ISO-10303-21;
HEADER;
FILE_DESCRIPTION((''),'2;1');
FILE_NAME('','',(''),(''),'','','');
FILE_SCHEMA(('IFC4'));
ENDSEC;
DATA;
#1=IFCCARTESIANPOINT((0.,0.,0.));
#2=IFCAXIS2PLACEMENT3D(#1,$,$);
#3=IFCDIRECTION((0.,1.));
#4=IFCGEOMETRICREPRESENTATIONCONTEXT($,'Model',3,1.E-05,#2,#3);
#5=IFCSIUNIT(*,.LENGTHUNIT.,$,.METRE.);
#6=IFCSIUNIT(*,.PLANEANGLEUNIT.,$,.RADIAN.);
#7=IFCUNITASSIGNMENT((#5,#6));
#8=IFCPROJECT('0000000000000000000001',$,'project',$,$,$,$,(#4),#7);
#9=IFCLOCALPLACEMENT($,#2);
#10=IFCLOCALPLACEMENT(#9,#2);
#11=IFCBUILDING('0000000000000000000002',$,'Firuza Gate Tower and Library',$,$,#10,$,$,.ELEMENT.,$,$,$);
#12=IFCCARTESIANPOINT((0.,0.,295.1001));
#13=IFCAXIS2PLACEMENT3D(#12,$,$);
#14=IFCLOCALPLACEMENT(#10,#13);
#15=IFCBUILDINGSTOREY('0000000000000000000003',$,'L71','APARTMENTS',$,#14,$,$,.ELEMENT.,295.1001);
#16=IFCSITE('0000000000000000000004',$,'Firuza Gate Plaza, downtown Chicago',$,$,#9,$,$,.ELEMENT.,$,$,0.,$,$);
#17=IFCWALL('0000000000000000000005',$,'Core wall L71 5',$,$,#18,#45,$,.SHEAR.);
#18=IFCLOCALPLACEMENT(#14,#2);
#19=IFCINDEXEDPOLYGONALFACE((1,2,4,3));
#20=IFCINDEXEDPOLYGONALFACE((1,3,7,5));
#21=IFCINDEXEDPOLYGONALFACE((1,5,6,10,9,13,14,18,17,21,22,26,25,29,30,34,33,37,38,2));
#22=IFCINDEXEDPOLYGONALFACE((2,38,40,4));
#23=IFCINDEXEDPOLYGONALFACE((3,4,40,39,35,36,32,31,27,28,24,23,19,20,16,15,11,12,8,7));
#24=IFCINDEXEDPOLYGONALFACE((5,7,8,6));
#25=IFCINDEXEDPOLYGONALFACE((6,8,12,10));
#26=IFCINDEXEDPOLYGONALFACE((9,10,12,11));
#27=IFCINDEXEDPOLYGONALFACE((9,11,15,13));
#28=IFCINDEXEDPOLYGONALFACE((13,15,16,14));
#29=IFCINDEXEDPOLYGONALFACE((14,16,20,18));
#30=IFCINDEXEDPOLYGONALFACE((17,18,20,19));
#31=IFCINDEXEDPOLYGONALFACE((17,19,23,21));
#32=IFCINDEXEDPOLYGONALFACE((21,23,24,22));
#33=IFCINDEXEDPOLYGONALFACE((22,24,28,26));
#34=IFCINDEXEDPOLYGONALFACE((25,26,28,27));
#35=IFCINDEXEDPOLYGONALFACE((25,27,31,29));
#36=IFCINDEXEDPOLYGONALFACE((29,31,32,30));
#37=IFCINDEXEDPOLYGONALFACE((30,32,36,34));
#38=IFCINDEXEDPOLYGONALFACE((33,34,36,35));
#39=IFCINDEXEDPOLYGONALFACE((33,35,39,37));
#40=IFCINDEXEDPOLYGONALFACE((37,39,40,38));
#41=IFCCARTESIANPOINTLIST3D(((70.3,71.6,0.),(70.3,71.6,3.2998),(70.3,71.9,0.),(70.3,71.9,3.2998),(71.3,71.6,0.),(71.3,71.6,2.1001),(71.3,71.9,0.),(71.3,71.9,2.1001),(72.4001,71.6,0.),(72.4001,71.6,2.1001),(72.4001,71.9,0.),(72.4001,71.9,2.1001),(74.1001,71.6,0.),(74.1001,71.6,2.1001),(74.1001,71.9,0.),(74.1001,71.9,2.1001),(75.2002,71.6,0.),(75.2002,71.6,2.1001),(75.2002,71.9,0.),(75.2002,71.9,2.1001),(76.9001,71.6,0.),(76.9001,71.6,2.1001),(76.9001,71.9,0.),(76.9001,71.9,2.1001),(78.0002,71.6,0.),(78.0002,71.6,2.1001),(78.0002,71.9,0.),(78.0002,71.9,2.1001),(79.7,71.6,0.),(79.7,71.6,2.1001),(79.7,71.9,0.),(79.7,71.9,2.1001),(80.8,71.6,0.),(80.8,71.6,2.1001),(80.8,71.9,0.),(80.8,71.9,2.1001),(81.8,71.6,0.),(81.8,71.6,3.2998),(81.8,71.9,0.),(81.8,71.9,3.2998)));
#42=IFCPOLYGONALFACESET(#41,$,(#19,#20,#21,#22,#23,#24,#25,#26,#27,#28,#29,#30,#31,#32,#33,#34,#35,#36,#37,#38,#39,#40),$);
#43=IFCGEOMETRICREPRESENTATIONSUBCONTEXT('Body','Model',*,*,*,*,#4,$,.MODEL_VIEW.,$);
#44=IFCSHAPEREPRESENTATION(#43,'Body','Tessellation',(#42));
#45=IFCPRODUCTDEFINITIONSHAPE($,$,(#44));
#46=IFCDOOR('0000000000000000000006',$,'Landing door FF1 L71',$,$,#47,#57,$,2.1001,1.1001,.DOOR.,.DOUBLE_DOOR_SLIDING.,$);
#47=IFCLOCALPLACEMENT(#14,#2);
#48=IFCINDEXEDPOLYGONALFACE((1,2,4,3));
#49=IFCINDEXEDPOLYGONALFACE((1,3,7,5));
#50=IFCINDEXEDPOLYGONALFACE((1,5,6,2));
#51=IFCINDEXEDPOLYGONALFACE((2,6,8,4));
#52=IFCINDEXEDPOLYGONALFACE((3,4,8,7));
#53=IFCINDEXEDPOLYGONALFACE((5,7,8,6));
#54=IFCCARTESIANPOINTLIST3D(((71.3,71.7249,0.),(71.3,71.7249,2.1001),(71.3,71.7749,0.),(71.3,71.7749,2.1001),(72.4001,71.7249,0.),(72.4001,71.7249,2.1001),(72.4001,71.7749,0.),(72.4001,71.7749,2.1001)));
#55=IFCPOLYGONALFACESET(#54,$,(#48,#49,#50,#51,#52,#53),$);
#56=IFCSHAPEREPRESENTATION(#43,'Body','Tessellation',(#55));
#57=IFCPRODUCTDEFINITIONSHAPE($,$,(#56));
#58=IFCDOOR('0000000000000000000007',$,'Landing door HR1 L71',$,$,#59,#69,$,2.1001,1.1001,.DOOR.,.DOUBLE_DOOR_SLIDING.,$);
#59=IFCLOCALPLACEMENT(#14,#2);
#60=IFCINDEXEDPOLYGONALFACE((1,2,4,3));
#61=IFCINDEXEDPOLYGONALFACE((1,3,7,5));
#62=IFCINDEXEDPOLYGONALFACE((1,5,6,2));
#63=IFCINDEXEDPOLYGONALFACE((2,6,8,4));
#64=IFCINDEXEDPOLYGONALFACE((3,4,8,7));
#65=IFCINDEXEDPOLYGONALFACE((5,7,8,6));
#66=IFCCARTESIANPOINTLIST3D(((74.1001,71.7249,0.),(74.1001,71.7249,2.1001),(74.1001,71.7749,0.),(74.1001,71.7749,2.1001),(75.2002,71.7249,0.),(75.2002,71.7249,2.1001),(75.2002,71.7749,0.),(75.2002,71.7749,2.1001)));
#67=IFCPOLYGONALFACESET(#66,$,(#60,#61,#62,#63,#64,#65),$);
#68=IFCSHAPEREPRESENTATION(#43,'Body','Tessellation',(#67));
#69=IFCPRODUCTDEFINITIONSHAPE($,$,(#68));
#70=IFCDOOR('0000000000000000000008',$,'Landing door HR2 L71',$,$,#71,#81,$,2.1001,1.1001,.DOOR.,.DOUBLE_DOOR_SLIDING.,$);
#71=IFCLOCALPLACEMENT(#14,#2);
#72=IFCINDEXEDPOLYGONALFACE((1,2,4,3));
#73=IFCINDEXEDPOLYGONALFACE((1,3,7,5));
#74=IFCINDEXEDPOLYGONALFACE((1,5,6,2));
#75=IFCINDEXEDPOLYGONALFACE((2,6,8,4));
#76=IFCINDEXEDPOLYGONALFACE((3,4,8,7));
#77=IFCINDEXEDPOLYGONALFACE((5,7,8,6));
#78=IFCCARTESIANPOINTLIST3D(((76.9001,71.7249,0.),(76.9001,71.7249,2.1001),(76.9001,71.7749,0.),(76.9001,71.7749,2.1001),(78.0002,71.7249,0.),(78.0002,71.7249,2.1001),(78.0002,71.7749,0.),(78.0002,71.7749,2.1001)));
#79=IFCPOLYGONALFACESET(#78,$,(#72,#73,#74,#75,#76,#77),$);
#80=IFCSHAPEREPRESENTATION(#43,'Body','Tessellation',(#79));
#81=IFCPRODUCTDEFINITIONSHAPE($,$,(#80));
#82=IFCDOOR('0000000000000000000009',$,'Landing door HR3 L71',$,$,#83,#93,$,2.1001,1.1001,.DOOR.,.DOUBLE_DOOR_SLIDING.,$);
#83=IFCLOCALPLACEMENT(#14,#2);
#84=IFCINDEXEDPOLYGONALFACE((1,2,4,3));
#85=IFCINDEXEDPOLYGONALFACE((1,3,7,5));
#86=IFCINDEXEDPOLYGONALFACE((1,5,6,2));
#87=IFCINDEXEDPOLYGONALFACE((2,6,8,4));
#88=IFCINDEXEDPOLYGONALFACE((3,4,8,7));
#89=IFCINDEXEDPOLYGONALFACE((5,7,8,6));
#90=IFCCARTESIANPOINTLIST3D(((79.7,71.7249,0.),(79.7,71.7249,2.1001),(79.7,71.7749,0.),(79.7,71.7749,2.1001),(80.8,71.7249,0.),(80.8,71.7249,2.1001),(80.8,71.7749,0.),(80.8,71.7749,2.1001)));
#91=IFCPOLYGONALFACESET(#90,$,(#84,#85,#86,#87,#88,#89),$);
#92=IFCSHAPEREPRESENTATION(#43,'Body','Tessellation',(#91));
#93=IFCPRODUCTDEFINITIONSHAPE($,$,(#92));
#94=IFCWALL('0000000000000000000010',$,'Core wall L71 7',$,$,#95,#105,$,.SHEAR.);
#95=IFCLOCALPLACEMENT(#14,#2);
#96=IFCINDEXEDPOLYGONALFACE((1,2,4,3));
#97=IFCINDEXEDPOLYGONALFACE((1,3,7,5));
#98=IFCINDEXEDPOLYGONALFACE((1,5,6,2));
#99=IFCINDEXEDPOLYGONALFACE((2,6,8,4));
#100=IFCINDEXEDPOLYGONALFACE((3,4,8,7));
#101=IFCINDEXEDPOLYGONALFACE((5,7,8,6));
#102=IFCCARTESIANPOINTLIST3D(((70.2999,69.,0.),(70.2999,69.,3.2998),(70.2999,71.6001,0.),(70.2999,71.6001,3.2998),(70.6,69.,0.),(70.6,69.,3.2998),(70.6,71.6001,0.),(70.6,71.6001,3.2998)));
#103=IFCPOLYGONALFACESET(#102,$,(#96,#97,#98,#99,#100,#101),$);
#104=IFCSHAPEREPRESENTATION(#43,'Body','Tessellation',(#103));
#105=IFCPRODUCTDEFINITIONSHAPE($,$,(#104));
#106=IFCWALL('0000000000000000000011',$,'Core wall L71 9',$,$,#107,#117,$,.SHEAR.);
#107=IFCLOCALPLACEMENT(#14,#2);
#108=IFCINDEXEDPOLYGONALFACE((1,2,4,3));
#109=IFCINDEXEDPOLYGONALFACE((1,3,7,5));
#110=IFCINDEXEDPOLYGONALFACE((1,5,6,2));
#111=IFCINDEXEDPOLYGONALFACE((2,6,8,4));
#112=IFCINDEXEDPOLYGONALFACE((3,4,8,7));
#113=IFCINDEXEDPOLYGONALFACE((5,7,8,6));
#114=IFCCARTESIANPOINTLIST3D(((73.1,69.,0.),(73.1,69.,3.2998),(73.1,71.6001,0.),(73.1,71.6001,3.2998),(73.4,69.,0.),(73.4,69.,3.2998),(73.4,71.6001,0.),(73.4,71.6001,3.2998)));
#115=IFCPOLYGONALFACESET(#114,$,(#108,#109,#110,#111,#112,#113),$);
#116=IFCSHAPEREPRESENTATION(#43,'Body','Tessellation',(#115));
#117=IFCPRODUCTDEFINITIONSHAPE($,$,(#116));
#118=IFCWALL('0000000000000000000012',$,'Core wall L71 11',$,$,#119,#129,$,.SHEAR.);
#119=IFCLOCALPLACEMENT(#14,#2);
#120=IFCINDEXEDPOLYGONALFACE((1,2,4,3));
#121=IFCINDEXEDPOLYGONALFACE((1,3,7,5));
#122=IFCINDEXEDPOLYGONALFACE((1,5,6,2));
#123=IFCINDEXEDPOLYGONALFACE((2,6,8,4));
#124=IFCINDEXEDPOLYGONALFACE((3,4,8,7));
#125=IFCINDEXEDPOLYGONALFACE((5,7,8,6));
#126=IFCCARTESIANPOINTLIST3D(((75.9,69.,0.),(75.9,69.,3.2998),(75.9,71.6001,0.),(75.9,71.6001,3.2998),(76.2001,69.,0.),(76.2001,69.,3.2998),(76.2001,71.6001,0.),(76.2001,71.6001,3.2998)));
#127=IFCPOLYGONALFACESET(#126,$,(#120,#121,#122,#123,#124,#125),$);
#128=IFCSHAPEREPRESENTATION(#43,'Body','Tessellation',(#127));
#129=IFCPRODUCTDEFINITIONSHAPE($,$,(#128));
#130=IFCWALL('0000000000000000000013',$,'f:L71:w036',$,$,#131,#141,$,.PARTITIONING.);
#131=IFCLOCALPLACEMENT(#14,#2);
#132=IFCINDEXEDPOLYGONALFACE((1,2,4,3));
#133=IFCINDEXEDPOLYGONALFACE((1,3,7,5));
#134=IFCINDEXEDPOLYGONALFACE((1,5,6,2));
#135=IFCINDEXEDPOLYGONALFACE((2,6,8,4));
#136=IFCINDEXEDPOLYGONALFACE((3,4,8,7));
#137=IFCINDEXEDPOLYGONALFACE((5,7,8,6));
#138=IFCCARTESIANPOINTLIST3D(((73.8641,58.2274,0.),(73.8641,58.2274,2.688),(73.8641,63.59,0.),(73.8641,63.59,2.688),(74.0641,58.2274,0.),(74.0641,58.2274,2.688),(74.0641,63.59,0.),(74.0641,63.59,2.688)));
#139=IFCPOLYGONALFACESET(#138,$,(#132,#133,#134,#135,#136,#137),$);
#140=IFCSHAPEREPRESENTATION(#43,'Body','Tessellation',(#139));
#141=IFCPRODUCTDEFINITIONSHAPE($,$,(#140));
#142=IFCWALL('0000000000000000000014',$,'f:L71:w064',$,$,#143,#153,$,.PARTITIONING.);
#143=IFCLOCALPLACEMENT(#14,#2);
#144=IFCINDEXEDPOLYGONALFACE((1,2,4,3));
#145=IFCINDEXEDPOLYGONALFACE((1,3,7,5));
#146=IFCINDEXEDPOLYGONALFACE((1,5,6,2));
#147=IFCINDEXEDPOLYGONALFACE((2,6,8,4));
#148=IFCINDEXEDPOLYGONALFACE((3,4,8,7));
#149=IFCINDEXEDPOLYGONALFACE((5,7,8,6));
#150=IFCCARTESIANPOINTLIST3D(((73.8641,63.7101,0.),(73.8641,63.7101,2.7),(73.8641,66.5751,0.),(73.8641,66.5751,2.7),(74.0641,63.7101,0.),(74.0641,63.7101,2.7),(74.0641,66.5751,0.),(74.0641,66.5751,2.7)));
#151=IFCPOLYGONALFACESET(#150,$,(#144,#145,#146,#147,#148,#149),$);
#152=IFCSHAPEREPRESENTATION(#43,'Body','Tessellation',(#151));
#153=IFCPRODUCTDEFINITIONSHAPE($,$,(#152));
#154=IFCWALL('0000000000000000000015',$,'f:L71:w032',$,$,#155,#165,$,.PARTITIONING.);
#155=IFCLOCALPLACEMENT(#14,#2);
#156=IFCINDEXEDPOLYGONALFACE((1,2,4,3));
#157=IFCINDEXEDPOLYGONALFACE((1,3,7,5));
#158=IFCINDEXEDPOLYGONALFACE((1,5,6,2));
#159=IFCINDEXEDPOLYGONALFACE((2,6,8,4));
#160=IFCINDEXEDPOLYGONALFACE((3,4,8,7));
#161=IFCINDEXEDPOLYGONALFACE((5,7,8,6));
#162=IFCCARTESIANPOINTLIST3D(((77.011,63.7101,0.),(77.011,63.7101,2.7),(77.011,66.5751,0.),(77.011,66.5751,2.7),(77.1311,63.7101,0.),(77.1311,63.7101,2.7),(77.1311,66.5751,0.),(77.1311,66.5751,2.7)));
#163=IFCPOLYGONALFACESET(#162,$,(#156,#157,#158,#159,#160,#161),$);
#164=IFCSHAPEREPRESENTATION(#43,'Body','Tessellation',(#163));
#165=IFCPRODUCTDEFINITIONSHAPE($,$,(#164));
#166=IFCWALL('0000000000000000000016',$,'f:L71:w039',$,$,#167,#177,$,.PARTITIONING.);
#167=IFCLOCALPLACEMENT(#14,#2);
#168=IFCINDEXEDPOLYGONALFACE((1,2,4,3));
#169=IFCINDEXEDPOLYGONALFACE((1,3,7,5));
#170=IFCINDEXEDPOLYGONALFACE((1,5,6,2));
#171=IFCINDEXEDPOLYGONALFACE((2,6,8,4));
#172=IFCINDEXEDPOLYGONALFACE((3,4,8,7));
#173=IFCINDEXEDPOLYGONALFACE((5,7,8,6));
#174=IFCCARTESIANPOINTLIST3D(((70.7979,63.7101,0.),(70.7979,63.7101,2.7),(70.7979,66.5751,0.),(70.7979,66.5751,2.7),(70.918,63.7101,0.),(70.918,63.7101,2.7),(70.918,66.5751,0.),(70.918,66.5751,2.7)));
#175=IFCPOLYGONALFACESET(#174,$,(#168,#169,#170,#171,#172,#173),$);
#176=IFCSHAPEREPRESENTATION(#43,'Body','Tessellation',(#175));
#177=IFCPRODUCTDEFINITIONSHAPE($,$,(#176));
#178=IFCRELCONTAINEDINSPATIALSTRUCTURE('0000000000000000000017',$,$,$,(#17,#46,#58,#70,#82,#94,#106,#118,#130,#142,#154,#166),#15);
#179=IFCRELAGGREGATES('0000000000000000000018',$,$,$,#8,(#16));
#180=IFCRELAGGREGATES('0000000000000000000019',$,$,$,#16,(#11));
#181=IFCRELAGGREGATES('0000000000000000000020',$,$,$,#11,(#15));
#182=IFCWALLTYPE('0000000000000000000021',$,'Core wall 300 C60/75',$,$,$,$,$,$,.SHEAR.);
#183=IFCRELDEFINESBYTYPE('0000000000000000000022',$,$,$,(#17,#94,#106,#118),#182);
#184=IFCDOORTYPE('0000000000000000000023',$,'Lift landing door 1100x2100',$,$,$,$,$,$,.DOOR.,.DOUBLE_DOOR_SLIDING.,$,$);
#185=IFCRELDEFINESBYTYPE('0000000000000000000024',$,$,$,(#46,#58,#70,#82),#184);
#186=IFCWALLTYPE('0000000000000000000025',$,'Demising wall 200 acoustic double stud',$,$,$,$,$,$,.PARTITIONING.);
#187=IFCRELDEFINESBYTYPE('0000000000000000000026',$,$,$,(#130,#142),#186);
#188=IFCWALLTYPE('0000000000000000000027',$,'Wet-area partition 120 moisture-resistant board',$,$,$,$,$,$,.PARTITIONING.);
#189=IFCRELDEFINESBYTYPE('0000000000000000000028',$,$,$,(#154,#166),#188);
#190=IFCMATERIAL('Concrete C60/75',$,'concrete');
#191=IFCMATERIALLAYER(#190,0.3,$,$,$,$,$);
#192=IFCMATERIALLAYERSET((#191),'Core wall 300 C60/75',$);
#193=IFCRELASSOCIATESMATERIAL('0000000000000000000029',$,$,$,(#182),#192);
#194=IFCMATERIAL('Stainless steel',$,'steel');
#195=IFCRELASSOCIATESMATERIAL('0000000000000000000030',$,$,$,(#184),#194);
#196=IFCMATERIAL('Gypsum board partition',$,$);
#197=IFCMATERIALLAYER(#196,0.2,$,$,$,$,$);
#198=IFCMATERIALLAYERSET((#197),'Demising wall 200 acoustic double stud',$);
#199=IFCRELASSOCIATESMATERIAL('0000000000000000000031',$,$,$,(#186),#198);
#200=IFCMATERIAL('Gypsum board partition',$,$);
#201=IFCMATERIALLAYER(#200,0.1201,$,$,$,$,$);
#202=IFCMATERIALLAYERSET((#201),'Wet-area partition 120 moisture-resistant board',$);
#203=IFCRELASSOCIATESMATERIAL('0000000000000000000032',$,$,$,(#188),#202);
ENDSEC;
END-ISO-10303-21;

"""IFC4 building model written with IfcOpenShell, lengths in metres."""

from ifc_helpers import new_model, si_unit, direction, frame, frame_2d, origin, place, context, subcontext, project, spatial, rectangle, extrude, material, layer, layer_set, type_object, element, fill, save


model = new_model("IFC4")

# Units and contexts
model_context = context("Model", 3, precision=1e-05, world=origin(), true_north=direction((0.0, 1.0)))
body_context = subcontext(model_context, "Body", "Model", "MODEL_VIEW")
ifc_project = project(units=[si_unit("LENGTHUNIT", "METRE"), si_unit("PLANEANGLEUNIT", "RADIAN")], contexts=[model_context])

# Site, building, storey
site_placement = place(None, origin())
site = spatial("IfcSite", under=ifc_project, at=site_placement, Name="Firuza Gate Plaza, downtown Chicago", CompositionType="ELEMENT", RefElevation=0.0)
building_placement = place(site_placement, origin())
building = spatial("IfcBuilding", under=site, at=building_placement, Name="Firuza Gate Tower and Library", CompositionType="ELEMENT")
storey_placement = place(building_placement, frame((0.0, 0.0, 295.1001)))
storey = spatial("IfcBuildingStorey", under=building, at=storey_placement, Name="L71", Description="APARTMENTS", CompositionType="ELEMENT", Elevation=295.1001)

# Wall, openings, doors
ifc_material_1 = material(Name="Concrete C60/75", Category="concrete")
ifc_layer_1 = layer(ifc_material_1, 0.3)
ifc_layer_set_1 = layer_set([ifc_layer_1], Name="Core wall 300 C60/75")
wall_type_1 = type_object("IfcWallType", Name="Core wall 300 C60/75", PredefinedType="SHEAR", material=ifc_layer_set_1)
wall_1_placement = place(storey_placement, frame((70.3, 71.75, 0.0), z_axis=(0.0, 0.0, 1.0), x_axis=(1.0, 0.0, 0.0)))
wall_1 = element("IfcWall", 1, at=wall_1_placement, inside=storey, type_object=wall_type_1, Name="Core wall L71 5", PredefinedType="SHEAR", context=body_context, shape_type="SweptSolid", body=[
    extrude(rectangle(XDim=11.5, YDim=0.3, at=frame_2d((5.75, 0.0))), origin(), (0.0, 0.0, 1.0), 3.2998),
])
opening_1_placement = place(wall_1_placement, frame((1.0, 0.0, 0.0)))
opening_1 = element("IfcOpeningElement", 2, at=opening_1_placement, cuts=wall_1, PredefinedType="OPENING", context=body_context, shape_type="SweptSolid", body=[
    extrude(rectangle(XDim=1.1001, YDim=2.1001, at=frame_2d((0.55, 1.05))), frame((0.0, 0.1602, 0.0), z_axis=(0.0, -1.0, 0.0), x_axis=(1.0, 0.0, 0.0)), (0.0, 0.0, 1.0), 0.3201),
])
opening_2_placement = place(wall_1_placement, frame((3.8, 0.0, 0.0)))
opening_2 = element("IfcOpeningElement", 3, at=opening_2_placement, cuts=wall_1, PredefinedType="OPENING", context=body_context, shape_type="SweptSolid", body=[
    extrude(rectangle(XDim=1.1001, YDim=2.1001, at=frame_2d((0.55, 1.05))), frame((0.0, 0.1602, 0.0), z_axis=(0.0, -1.0, 0.0), x_axis=(1.0, 0.0, 0.0)), (0.0, 0.0, 1.0), 0.3201),
])
opening_3_placement = place(wall_1_placement, frame((6.6001, 0.0, 0.0)))
opening_3 = element("IfcOpeningElement", 4, at=opening_3_placement, cuts=wall_1, PredefinedType="OPENING", context=body_context, shape_type="SweptSolid", body=[
    extrude(rectangle(XDim=1.1001, YDim=2.1001, at=frame_2d((0.55, 1.05))), frame((0.0, 0.1602, 0.0), z_axis=(0.0, -1.0, 0.0), x_axis=(1.0, 0.0, 0.0)), (0.0, 0.0, 1.0), 0.3201),
])
opening_4_placement = place(wall_1_placement, frame((9.3999, 0.0, 0.0)))
opening_4 = element("IfcOpeningElement", 5, at=opening_4_placement, cuts=wall_1, PredefinedType="OPENING", context=body_context, shape_type="SweptSolid", body=[
    extrude(rectangle(XDim=1.1001, YDim=2.1001, at=frame_2d((0.55, 1.05))), frame((0.0, 0.1602, 0.0), z_axis=(0.0, -1.0, 0.0), x_axis=(1.0, 0.0, 0.0)), (0.0, 0.0, 1.0), 0.3201),
])
ifc_material_2 = material(Name="Stainless steel", Category="steel")
door_type_1 = type_object("IfcDoorType", Name="Lift landing door 1100x2100", OperationType="DOUBLE_DOOR_SLIDING", PredefinedType="DOOR", material=ifc_material_2)
door_1_placement = place(opening_1_placement, origin())
door_1 = element("IfcDoor", 6, at=door_1_placement, inside=storey, type_object=door_type_1, Name="Landing door FF1 L71", OperationType="DOUBLE_DOOR_SLIDING", OverallHeight=2.1001, OverallWidth=1.1001, PredefinedType="DOOR", context=body_context, shape_type="SweptSolid", body=[
    extrude(rectangle(XDim=1.1001, YDim=2.1001, at=frame_2d((0.55, 1.05))), frame((0.0, 0.0249, 0.0), z_axis=(0.0, -1.0, 0.0), x_axis=(1.0, 0.0, 0.0)), (0.0, 0.0, 1.0), 0.05),
])
fill(opening_1, door_1)
door_2_placement = place(opening_2_placement, origin())
door_2 = element("IfcDoor", 7, at=door_2_placement, inside=storey, type_object=door_type_1, Name="Landing door HR1 L71", OperationType="DOUBLE_DOOR_SLIDING", OverallHeight=2.1001, OverallWidth=1.1001, PredefinedType="DOOR", context=body_context, shape_type="SweptSolid", body=[
    extrude(rectangle(XDim=1.1001, YDim=2.1001, at=frame_2d((0.55, 1.05))), frame((0.0, 0.0249, 0.0), z_axis=(0.0, -1.0, 0.0), x_axis=(1.0, 0.0, 0.0)), (0.0, 0.0, 1.0), 0.05),
])
fill(opening_2, door_2)
door_3_placement = place(opening_3_placement, origin())
door_3 = element("IfcDoor", 8, at=door_3_placement, inside=storey, type_object=door_type_1, Name="Landing door HR2 L71", OperationType="DOUBLE_DOOR_SLIDING", OverallHeight=2.1001, OverallWidth=1.1001, PredefinedType="DOOR", context=body_context, shape_type="SweptSolid", body=[
    extrude(rectangle(XDim=1.1001, YDim=2.1001, at=frame_2d((0.55, 1.05))), frame((0.0, 0.0249, 0.0), z_axis=(0.0, -1.0, 0.0), x_axis=(1.0, 0.0, 0.0)), (0.0, 0.0, 1.0), 0.05),
])
fill(opening_3, door_3)
door_4_placement = place(opening_4_placement, origin())
door_4 = element("IfcDoor", 9, at=door_4_placement, inside=storey, type_object=door_type_1, Name="Landing door HR3 L71", OperationType="DOUBLE_DOOR_SLIDING", OverallHeight=2.1001, OverallWidth=1.1001, PredefinedType="DOOR", context=body_context, shape_type="SweptSolid", body=[
    extrude(rectangle(XDim=1.1001, YDim=2.1001, at=frame_2d((0.55, 1.05))), frame((0.0, 0.0249, 0.0), z_axis=(0.0, -1.0, 0.0), x_axis=(1.0, 0.0, 0.0)), (0.0, 0.0, 1.0), 0.05),
])
fill(opening_4, door_4)

# Walls
for number, where, z_axis, x_axis, name in (
    (10, (70.45, 69.0, 0.0), (0.0, 0.0, 1.0), (0.0, 1.0, 0.0), "Core wall L71 7"),
    (11, (73.25, 69.0, 0.0), (0.0, 0.0, 1.0), (0.0, 1.0, 0.0), "Core wall L71 9"),
    (12, (76.05, 69.0, 0.0), (0.0, 0.0, 1.0), (0.0, 1.0, 0.0), "Core wall L71 11"),
):
    element("IfcWall", number, at=place(storey_placement, frame(where, z_axis=z_axis, x_axis=x_axis)), inside=storey, type_object=wall_type_1, Name=name, PredefinedType="SHEAR", context=body_context, shape_type="SweptSolid", body=[
        extrude(rectangle(XDim=2.6001, YDim=0.3, at=frame_2d((1.3, 0.0))), origin(), (0.0, 0.0, 1.0), 3.2998),
    ])
ifc_material_3 = material(Name="Gypsum board partition")
ifc_layer_2 = layer(ifc_material_3, 0.2)
ifc_layer_set_2 = layer_set([ifc_layer_2], Name="Demising wall 200 acoustic double stud")
wall_type_2 = type_object("IfcWallType", Name="Demising wall 200 acoustic double stud", PredefinedType="PARTITIONING", material=ifc_layer_set_2)
wall_2_placement = place(storey_placement, frame((73.9641, 58.2275, 0.0), z_axis=(0.0, 0.0, 1.0), x_axis=(0.0, 1.0, 0.0)))
element("IfcWall", 13, at=wall_2_placement, inside=storey, type_object=wall_type_2, Name="f:L71:w036", PredefinedType="PARTITIONING", context=body_context, shape_type="SweptSolid", body=[
    extrude(rectangle(XDim=5.3625, YDim=0.2, at=frame_2d((2.6812, 0.0))), origin(), (0.0, 0.0, 1.0), 2.688),
])
wall_3_placement = place(storey_placement, frame((73.9641, 63.71, 0.0), z_axis=(0.0, 0.0, 1.0), x_axis=(0.0, 1.0, 0.0)))
element("IfcWall", 14, at=wall_3_placement, inside=storey, type_object=wall_type_2, Name="f:L71:w064", PredefinedType="PARTITIONING", context=body_context, shape_type="SweptSolid", body=[
    extrude(rectangle(XDim=2.865, YDim=0.2, at=frame_2d((1.4326, 0.0))), origin(), (0.0, 0.0, 1.0), 2.7),
])
ifc_material_4 = material(Name="Gypsum board partition")
ifc_layer_3 = layer(ifc_material_4, 0.1201)
ifc_layer_set_3 = layer_set([ifc_layer_3], Name="Wet-area partition 120 moisture-resistant board")
wall_type_3 = type_object("IfcWallType", Name="Wet-area partition 120 moisture-resistant board", PredefinedType="PARTITIONING", material=ifc_layer_set_3)
for number, where, z_axis, x_axis, name in (
    (15, (77.071, 63.71, 0.0), (0.0, 0.0, 1.0), (0.0, 1.0, 0.0), "f:L71:w032"),
    (16, (70.8579, 63.71, 0.0), (0.0, 0.0, 1.0), (0.0, 1.0, 0.0), "f:L71:w039"),
):
    element("IfcWall", number, at=place(storey_placement, frame(where, z_axis=z_axis, x_axis=x_axis)), inside=storey, type_object=wall_type_3, Name=name, PredefinedType="PARTITIONING", context=body_context, shape_type="SweptSolid", body=[
        extrude(rectangle(XDim=2.865, YDim=0.1201, at=frame_2d((1.4326, 0.0))), origin(), (0.0, 0.0, 1.0), 2.7),
    ])

save(model, "model.ifc")
